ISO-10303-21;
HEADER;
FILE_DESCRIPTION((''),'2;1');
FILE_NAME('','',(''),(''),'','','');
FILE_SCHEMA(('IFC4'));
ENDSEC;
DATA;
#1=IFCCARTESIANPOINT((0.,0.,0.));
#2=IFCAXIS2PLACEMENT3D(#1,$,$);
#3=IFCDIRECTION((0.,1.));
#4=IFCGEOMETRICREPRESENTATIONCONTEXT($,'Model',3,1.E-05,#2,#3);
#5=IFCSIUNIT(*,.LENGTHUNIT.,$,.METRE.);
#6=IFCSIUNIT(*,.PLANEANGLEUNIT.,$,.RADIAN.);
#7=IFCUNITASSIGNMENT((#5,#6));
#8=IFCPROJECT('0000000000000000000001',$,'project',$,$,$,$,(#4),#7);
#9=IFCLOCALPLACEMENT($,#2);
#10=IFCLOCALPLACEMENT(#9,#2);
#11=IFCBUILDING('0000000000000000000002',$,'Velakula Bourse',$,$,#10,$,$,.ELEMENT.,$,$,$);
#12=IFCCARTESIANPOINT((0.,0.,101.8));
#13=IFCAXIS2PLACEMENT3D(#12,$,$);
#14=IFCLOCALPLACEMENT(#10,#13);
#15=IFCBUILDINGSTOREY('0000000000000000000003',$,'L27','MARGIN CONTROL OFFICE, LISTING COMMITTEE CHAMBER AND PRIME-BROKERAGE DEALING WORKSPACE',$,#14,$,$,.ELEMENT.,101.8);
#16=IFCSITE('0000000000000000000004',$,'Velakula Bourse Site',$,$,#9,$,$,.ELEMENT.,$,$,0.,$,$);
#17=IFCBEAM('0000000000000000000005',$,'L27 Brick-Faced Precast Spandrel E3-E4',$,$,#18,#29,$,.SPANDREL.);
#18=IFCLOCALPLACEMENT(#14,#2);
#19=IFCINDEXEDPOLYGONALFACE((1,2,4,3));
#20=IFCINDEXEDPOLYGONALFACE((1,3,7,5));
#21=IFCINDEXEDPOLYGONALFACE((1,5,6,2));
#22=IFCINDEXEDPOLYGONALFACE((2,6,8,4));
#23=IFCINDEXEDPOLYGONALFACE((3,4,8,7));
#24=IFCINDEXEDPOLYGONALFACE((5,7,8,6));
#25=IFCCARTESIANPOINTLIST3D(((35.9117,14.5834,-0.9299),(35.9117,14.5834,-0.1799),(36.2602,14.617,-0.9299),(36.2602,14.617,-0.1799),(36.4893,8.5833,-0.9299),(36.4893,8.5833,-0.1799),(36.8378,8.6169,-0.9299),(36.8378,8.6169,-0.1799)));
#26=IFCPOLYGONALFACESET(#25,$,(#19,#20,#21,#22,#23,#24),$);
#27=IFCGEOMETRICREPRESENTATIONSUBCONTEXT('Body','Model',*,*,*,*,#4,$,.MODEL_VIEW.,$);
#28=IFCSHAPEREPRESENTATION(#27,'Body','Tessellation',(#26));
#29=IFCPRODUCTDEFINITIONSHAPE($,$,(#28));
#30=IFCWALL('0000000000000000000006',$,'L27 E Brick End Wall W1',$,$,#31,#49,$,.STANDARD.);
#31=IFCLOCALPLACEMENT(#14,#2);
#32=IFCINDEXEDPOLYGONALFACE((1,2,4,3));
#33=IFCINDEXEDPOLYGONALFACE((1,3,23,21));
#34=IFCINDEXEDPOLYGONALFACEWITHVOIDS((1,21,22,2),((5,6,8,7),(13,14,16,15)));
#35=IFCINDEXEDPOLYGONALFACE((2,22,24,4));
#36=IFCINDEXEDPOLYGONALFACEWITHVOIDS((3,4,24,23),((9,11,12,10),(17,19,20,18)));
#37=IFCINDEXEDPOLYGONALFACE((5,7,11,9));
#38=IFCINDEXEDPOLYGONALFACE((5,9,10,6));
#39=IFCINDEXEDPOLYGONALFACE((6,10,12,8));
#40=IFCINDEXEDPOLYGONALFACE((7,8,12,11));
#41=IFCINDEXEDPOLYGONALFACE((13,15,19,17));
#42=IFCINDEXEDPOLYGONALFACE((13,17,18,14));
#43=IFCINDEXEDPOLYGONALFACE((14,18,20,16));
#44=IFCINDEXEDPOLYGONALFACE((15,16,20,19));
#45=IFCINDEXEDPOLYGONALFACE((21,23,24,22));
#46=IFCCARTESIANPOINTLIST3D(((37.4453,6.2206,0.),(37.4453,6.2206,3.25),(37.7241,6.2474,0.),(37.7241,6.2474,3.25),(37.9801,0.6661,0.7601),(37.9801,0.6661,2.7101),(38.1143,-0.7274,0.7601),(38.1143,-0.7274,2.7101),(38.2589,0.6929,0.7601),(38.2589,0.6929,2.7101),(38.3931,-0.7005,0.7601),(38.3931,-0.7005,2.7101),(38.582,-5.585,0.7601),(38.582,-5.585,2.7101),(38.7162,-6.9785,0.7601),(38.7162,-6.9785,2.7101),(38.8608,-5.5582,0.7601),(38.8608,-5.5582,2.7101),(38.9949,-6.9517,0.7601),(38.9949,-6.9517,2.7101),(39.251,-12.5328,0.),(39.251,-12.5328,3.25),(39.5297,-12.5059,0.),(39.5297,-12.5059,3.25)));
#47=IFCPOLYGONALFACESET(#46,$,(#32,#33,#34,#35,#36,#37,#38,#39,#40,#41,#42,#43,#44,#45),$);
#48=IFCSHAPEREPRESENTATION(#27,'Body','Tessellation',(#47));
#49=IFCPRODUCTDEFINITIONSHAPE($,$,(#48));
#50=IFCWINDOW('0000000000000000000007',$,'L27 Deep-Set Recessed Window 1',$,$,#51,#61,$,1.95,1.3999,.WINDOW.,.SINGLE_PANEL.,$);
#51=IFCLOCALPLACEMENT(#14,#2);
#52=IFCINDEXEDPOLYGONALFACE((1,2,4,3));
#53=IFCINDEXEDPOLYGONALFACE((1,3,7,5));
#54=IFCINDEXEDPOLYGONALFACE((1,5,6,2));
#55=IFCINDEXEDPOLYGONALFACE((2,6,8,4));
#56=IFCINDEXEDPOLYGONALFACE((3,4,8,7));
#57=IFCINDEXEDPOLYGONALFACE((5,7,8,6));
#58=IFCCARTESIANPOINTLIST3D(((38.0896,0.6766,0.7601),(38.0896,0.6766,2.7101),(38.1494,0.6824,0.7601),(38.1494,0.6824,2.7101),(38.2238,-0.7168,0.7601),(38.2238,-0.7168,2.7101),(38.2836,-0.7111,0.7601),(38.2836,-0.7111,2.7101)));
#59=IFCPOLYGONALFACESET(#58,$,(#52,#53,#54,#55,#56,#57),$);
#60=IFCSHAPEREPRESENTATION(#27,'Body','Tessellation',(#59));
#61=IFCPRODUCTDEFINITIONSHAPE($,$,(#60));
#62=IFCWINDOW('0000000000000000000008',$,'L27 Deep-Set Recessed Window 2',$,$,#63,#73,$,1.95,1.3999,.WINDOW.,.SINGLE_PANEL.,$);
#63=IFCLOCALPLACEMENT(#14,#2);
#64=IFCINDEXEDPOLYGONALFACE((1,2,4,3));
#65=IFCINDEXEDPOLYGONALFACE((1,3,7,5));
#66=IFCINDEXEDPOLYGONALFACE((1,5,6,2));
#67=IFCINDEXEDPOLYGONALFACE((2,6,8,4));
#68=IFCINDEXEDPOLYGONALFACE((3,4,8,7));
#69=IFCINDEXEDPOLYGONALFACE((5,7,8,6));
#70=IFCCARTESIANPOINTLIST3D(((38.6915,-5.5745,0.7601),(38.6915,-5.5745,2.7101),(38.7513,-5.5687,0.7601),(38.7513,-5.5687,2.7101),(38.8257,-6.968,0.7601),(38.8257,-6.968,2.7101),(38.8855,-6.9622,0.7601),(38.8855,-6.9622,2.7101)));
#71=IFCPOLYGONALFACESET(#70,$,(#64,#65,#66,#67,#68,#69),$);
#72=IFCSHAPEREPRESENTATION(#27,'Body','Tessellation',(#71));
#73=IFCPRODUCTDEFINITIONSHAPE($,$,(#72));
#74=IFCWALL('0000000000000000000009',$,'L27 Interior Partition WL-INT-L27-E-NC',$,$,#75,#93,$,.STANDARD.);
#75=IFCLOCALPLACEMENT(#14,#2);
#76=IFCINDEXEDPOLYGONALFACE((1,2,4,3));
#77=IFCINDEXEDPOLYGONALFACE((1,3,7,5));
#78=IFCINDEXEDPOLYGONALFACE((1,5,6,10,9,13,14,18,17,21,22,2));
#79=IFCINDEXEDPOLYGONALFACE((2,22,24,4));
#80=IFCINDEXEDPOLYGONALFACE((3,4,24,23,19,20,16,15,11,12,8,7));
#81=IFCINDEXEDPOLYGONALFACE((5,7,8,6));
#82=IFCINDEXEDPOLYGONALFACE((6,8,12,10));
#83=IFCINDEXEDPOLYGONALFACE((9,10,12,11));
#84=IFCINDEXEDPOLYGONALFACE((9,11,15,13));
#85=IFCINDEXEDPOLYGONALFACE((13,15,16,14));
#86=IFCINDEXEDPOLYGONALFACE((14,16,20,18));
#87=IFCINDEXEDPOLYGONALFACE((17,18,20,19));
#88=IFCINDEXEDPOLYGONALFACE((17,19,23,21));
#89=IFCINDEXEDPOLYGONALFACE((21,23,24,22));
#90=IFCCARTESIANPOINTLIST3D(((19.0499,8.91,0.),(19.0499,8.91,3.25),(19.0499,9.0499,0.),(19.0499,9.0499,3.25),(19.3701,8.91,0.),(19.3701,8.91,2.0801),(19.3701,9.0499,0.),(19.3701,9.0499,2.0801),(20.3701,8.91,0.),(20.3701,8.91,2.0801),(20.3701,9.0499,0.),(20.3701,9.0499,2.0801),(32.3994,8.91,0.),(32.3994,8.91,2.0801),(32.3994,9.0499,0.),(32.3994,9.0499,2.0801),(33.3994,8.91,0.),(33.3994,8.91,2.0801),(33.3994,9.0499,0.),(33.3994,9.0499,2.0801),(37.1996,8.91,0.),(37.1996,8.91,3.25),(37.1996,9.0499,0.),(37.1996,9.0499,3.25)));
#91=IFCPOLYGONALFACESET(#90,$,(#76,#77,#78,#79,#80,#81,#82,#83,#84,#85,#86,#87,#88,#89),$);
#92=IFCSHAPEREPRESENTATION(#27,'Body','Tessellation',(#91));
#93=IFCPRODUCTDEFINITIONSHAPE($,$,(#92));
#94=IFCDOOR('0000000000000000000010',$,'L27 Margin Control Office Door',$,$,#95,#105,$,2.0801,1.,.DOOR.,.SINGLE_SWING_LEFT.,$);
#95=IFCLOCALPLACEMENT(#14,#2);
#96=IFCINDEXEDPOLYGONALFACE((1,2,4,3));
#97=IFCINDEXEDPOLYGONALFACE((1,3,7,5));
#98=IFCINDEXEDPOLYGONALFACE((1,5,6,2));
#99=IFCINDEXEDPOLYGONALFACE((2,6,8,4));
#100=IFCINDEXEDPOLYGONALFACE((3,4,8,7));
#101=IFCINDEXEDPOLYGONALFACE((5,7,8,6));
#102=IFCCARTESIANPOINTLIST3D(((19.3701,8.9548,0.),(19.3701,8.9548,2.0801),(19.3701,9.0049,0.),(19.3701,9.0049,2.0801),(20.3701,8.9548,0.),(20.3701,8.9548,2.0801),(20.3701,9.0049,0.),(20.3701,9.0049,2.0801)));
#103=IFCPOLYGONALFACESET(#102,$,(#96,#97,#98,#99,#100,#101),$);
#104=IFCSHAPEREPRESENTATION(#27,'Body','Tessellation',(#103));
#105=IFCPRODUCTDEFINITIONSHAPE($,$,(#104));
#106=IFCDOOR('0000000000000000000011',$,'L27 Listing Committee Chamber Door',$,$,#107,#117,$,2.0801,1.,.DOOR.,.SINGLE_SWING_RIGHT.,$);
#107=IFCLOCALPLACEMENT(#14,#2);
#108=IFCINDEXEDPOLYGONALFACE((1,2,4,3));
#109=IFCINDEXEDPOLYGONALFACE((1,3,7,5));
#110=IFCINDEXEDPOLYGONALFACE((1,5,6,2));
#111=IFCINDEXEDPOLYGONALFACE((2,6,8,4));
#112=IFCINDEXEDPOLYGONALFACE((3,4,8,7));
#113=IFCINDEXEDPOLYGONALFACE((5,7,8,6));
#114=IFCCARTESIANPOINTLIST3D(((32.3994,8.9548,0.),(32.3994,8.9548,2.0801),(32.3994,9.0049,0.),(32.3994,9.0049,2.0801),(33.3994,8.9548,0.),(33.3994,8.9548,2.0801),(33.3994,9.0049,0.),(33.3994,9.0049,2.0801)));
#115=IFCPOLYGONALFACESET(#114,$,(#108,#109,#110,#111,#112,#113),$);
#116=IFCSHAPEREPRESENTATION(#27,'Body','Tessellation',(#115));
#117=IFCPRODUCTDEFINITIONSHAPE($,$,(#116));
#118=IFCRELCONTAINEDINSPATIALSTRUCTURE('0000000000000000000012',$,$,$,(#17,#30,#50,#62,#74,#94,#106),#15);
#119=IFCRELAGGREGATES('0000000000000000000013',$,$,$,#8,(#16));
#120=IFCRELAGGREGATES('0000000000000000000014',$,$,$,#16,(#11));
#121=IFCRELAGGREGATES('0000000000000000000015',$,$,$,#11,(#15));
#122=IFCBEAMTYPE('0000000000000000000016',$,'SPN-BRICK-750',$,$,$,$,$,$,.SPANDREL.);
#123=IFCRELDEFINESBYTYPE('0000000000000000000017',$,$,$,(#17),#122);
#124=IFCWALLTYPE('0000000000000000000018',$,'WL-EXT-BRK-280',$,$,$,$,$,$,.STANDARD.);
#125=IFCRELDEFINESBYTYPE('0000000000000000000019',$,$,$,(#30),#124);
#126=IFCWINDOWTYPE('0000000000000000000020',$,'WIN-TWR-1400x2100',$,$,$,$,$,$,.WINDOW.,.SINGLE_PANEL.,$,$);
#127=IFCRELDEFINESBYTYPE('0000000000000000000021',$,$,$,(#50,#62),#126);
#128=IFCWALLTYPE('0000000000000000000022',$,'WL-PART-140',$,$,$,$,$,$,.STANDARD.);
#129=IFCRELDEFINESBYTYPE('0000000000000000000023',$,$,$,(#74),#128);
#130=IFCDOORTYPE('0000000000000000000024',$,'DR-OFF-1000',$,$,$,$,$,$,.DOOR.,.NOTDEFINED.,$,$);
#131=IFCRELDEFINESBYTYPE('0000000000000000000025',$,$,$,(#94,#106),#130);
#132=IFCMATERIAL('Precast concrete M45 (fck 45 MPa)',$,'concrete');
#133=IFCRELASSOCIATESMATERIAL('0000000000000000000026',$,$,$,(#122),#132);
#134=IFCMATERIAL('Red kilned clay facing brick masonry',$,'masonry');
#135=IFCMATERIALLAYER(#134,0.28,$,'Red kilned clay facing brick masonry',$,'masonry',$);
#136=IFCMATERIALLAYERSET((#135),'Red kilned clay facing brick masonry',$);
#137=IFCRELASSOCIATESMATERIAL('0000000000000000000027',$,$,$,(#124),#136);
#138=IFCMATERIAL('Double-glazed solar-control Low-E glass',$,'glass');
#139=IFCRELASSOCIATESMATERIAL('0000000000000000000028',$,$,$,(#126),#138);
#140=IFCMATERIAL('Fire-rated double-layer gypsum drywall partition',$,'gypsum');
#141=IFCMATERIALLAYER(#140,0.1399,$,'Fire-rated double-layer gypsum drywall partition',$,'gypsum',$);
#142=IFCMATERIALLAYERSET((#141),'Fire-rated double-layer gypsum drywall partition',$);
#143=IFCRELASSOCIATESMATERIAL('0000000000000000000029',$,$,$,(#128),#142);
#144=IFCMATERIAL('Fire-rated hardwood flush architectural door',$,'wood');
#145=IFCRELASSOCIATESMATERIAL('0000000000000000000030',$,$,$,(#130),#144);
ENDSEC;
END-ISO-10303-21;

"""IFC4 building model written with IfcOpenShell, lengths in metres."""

from ifc_helpers import new_model, si_unit, direction, frame, frame_2d, origin, origin_2d, place, context, subcontext, project, spatial, rectangle, extrude, material, layer, layer_set, material_profile, profile_set, type_object, element, fill, save


model = new_model("IFC4")

# Units and contexts
model_context = context("Model", 3, precision=1e-05, world=origin(), true_north=direction((0.0, 1.0)))
body_context = subcontext(model_context, "Body", "Model", "MODEL_VIEW")
ifc_project = project(units=[si_unit("LENGTHUNIT", "METRE"), si_unit("PLANEANGLEUNIT", "RADIAN")], contexts=[model_context])

# Site, building, storey
site_placement = place(None, origin())
site = spatial("IfcSite", under=ifc_project, at=site_placement, Name="Velakula Bourse Site", CompositionType="ELEMENT", RefElevation=0.0)
building_placement = place(site_placement, origin())
building = spatial("IfcBuilding", under=site, at=building_placement, Name="Velakula Bourse", CompositionType="ELEMENT")
storey_placement = place(building_placement, frame((0.0, 0.0, 101.8)))
storey = spatial("IfcBuildingStorey", under=building, at=storey_placement, Name="L27", Description="MARGIN CONTROL OFFICE, LISTING COMMITTEE CHAMBER AND PRIME-BROKERAGE DEALING WORKSPACE", CompositionType="ELEMENT", Elevation=101.8)

# Beam
ifc_material_1 = material(Name="Precast concrete M45 (fck 45 MPa)", Category="concrete")
ifc_material_profile_1 = material_profile(ifc_material_1, rectangle(XDim=0.3501, YDim=0.75, at=origin_2d()), Name="Precast concrete M45 (fck 45 MPa)")
ifc_profile_set_1 = profile_set([ifc_material_profile_1], Name="Precast concrete M45 (fck 45 MPa)")
beam_type_1 = type_object("IfcBeamType", Name="SPN-BRICK-750", PredefinedType="SPANDREL", material=ifc_profile_set_1)
beam_1_placement = place(storey_placement, frame((36.6636, 8.6001, -0.5549), z_axis=(-0.09583, 0.995398, 0.0), x_axis=(-0.995398, -0.09583, 0.0)))
element("IfcBeam", 1, at=beam_1_placement, inside=storey, type_object=beam_type_1, Name="L27 Brick-Faced Precast Spandrel E3-E4", PredefinedType="SPANDREL", context=body_context, shape_type="SweptSolid", body=[
    extrude(rectangle(XDim=0.3501, YDim=0.75, at=origin_2d()), origin(), (0.0, 0.0, 1.0), 6.0278),
])

# Wall, openings, windows
ifc_material_2 = material(Name="Red kilned clay facing brick masonry", Category="masonry")
ifc_layer_1 = layer(ifc_material_2, 0.28, Name="Red kilned clay facing brick masonry", Category="masonry")
ifc_layer_set_1 = layer_set([ifc_layer_1], Name="Red kilned clay facing brick masonry")
wall_type_1 = type_object("IfcWallType", Name="WL-EXT-BRK-280", PredefinedType="STANDARD", material=ifc_layer_set_1)
wall_1_placement = place(storey_placement, frame((37.5847, 6.2339, 0.0), z_axis=(0.0, 0.0, 1.0), x_axis=(0.095841, -0.995397, 0.0)))
wall_1 = element("IfcWall", 2, at=wall_1_placement, inside=storey, type_object=wall_type_1, Name="L27 E Brick End Wall W1", PredefinedType="STANDARD", context=body_context, shape_type="SweptSolid", body=[
    extrude(rectangle(XDim=18.8401, YDim=0.28, at=frame_2d((9.4199, 0.0))), origin(), (0.0, 0.0, 1.0), 3.25),
])
opening_1_placement = place(wall_1_placement, frame((5.5801, 0.0, 0.76)))
opening_1 = element("IfcOpeningElement", 3, at=opening_1_placement, cuts=wall_1, PredefinedType="OPENING", context=body_context, shape_type="SweptSolid", body=[
    extrude(rectangle(XDim=1.3999, YDim=1.95, at=frame_2d((0.7, 0.9751))), frame((0.0, 0.1499, 0.0), z_axis=(0.0, -1.0, 0.0), x_axis=(1.0, 0.0, 0.0)), (0.0, 0.0, 1.0), 0.3),
])
opening_2_placement = place(wall_1_placement, frame((11.8601, 0.0, 0.76)))
opening_2 = element("IfcOpeningElement", 4, at=opening_2_placement, cuts=wall_1, PredefinedType="OPENING", context=body_context, shape_type="SweptSolid", body=[
    extrude(rectangle(XDim=1.3999, YDim=1.95, at=frame_2d((0.7, 0.9751))), frame((0.0, 0.1499, 0.0), z_axis=(0.0, -1.0, 0.0), x_axis=(1.0, 0.0, 0.0)), (0.0, 0.0, 1.0), 0.3),
])
ifc_material_3 = material(Name="Double-glazed solar-control Low-E glass", Category="glass")
window_type = type_object("IfcWindowType", Name="WIN-TWR-1400x2100", PartitioningType="SINGLE_PANEL", PredefinedType="WINDOW", material=ifc_material_3)
window_1_placement = place(opening_1_placement, origin())
window_1 = element("IfcWindow", 5, at=window_1_placement, inside=storey, type_object=window_type, Name="L27 Deep-Set Recessed Window 1", OverallHeight=1.95, OverallWidth=1.3999, PartitioningType="SINGLE_PANEL", PredefinedType="WINDOW", context=body_context, shape_type="SweptSolid", body=[
    extrude(rectangle(XDim=1.3999, YDim=1.95, at=frame_2d((0.7, 0.9751))), frame((0.0, 0.03, 0.0), z_axis=(0.0, -1.0, 0.0), x_axis=(1.0, 0.0, 0.0)), (0.0, 0.0, 1.0), 0.0601),
])
fill(opening_1, window_1)
window_2_placement = place(opening_2_placement, origin())
window_2 = element("IfcWindow", 6, at=window_2_placement, inside=storey, type_object=window_type, Name="L27 Deep-Set Recessed Window 2", OverallHeight=1.95, OverallWidth=1.3999, PartitioningType="SINGLE_PANEL", PredefinedType="WINDOW", context=body_context, shape_type="SweptSolid", body=[
    extrude(rectangle(XDim=1.3999, YDim=1.95, at=frame_2d((0.7, 0.9751))), frame((0.0, 0.03, 0.0), z_axis=(0.0, -1.0, 0.0), x_axis=(1.0, 0.0, 0.0)), (0.0, 0.0, 1.0), 0.0601),
])
fill(opening_2, window_2)

# Wall, openings, doors
ifc_material_4 = material(Name="Fire-rated double-layer gypsum drywall partition", Category="gypsum")
ifc_layer_2 = layer(ifc_material_4, 0.1399, Name="Fire-rated double-layer gypsum drywall partition", Category="gypsum")
ifc_layer_set_2 = layer_set([ifc_layer_2], Name="Fire-rated double-layer gypsum drywall partition")
wall_type_2 = type_object("IfcWallType", Name="WL-PART-140", PredefinedType="STANDARD", material=ifc_layer_set_2)
wall_2_placement = place(storey_placement, frame((19.05, 8.98, 0.0), z_axis=(0.0, 0.0, 1.0), x_axis=(1.0, 0.0, 0.0)))
wall_2 = element("IfcWall", 7, at=wall_2_placement, inside=storey, type_object=wall_type_2, Name="L27 Interior Partition WL-INT-L27-E-NC", PredefinedType="STANDARD", context=body_context, shape_type="SweptSolid", body=[
    extrude(rectangle(XDim=18.1497, YDim=0.1399, at=frame_2d((9.0747, 0.0))), origin(), (0.0, 0.0, 1.0), 3.25),
])
opening_3_placement = place(wall_2_placement, frame((0.3201, 0.0, 0.0)))
opening_3 = element("IfcOpeningElement", 8, at=opening_3_placement, cuts=wall_2, PredefinedType="OPENING", context=body_context, shape_type="SweptSolid", body=[
    extrude(rectangle(XDim=1.0, YDim=2.0801, at=frame_2d((0.5, 1.04))), frame((0.0, 0.0798, 0.0), z_axis=(0.0, -1.0, 0.0), x_axis=(1.0, 0.0, 0.0)), (0.0, 0.0, 1.0), 0.1599),
])
opening_4_placement = place(wall_2_placement, frame((13.3494, 0.0, 0.0)))
opening_4 = element("IfcOpeningElement", 9, at=opening_4_placement, cuts=wall_2, PredefinedType="OPENING", context=body_context, shape_type="SweptSolid", body=[
    extrude(rectangle(XDim=1.0, YDim=2.0801, at=frame_2d((0.5, 1.04))), frame((0.0, 0.0798, 0.0), z_axis=(0.0, -1.0, 0.0), x_axis=(1.0, 0.0, 0.0)), (0.0, 0.0, 1.0), 0.1599),
])
ifc_material_5 = material(Name="Fire-rated hardwood flush architectural door", Category="wood")
door_type = type_object("IfcDoorType", Name="DR-OFF-1000", OperationType="NOTDEFINED", PredefinedType="DOOR", material=ifc_material_5)
door_1_placement = place(opening_3_placement, origin())
door_1 = element("IfcDoor", 10, at=door_1_placement, inside=storey, type_object=door_type, Name="L27 Margin Control Office Door", OperationType="SINGLE_SWING_LEFT", OverallHeight=2.0801, OverallWidth=1.0, PredefinedType="DOOR", context=body_context, shape_type="SweptSolid", body=[
    extrude(rectangle(XDim=1.0, YDim=2.0801, at=frame_2d((0.5, 1.04))), frame((0.0, 0.0249, 0.0), z_axis=(0.0, -1.0, 0.0), x_axis=(1.0, 0.0, 0.0)), (0.0, 0.0, 1.0), 0.05),
])
fill(opening_3, door_1)
door_2_placement = place(opening_4_placement, origin())
door_2 = element("IfcDoor", 11, at=door_2_placement, inside=storey, type_object=door_type, Name="L27 Listing Committee Chamber Door", OperationType="SINGLE_SWING_RIGHT", OverallHeight=2.0801, OverallWidth=1.0, PredefinedType="DOOR", context=body_context, shape_type="SweptSolid", body=[
    extrude(rectangle(XDim=1.0, YDim=2.0801, at=frame_2d((0.5, 1.04))), frame((0.0, 0.0249, 0.0), z_axis=(0.0, -1.0, 0.0), x_axis=(1.0, 0.0, 0.0)), (0.0, 0.0, 1.0), 0.05),
])
fill(opening_4, door_2)

save(model, "model.ifc")
